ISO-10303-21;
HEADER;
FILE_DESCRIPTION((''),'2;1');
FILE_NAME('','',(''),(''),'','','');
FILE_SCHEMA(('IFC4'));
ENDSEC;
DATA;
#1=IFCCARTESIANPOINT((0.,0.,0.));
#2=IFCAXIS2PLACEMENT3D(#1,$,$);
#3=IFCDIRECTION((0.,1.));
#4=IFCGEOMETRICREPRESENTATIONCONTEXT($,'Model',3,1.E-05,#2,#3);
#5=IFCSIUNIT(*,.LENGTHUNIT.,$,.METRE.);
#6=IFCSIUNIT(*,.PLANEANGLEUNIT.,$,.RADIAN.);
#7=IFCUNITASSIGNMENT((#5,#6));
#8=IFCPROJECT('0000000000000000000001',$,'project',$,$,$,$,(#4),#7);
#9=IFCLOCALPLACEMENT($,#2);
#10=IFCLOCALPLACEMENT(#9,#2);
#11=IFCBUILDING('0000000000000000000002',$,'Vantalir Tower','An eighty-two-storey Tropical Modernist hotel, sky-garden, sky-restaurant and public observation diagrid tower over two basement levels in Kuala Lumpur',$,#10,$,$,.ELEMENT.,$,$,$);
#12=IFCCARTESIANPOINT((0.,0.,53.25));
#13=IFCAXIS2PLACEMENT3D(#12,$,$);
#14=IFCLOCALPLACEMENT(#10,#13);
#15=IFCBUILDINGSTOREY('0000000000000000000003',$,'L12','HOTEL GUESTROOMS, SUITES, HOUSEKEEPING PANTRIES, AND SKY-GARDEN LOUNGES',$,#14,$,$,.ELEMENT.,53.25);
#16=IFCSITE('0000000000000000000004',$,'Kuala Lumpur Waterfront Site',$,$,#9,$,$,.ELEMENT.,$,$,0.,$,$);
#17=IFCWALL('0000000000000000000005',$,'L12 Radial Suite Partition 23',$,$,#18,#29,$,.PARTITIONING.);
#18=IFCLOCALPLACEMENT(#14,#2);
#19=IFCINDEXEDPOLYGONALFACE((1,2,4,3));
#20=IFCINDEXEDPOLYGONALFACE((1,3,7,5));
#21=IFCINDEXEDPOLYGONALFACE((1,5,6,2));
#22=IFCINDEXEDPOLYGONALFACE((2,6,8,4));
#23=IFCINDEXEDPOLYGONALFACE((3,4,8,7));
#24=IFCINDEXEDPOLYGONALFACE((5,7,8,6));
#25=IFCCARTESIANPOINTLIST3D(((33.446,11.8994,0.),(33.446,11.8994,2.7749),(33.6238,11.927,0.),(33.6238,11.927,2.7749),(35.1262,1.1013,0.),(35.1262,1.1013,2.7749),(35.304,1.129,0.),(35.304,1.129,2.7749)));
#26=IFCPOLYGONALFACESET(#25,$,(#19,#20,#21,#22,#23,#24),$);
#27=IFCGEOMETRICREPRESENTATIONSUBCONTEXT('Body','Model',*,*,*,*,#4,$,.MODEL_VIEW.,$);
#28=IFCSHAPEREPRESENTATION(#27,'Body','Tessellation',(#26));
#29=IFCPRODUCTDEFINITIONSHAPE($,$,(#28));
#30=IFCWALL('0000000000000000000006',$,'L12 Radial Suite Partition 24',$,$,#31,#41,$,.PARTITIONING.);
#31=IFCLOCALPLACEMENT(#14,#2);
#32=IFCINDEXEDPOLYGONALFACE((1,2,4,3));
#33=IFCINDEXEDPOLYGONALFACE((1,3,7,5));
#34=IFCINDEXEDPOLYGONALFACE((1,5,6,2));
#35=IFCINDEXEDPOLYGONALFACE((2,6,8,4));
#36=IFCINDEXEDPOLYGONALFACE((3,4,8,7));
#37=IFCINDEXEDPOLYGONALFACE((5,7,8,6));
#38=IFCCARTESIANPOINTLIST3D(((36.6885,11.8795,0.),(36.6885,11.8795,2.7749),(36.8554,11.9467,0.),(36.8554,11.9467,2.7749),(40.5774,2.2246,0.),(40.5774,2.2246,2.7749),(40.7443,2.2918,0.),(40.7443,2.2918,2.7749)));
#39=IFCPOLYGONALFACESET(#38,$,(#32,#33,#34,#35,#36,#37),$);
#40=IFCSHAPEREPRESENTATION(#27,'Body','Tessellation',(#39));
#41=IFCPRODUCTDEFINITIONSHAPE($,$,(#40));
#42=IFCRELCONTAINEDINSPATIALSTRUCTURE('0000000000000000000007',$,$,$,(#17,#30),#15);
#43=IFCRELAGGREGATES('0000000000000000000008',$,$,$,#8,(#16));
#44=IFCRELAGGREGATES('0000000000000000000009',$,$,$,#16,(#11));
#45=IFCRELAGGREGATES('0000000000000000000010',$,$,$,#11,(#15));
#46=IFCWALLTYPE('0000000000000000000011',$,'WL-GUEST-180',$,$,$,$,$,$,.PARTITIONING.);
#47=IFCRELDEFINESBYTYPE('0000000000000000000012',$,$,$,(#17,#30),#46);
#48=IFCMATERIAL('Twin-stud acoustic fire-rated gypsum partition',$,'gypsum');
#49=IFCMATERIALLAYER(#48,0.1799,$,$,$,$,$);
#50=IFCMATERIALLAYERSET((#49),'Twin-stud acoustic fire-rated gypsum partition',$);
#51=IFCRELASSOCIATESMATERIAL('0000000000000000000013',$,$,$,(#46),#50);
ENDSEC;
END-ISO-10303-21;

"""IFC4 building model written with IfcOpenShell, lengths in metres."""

from ifc_helpers import new_model, si_unit, direction, frame, frame_2d, origin, place, context, subcontext, project, spatial, rectangle, extrude, material, layer, layer_set, type_object, element, save


model = new_model("IFC4")

# Units and contexts
model_context = context("Model", 3, precision=1e-05, world=origin(), true_north=direction((0.0, 1.0)))
body_context = subcontext(model_context, "Body", "Model", "MODEL_VIEW")
ifc_project = project(units=[si_unit("LENGTHUNIT", "METRE"), si_unit("PLANEANGLEUNIT", "RADIAN")], contexts=[model_context])

# Site, building, storey
site_placement = place(None, origin())
site = spatial("IfcSite", under=ifc_project, at=site_placement, Name="Kuala Lumpur Waterfront Site", CompositionType="ELEMENT", RefElevation=0.0)
building_placement = place(site_placement, origin())
building = spatial("IfcBuilding", under=site, at=building_placement, Name="Vantalir Tower", Description="An eighty-two-storey Tropical Modernist hotel, sky-garden, sky-restaurant and public observation diagrid tower over two basement levels in Kuala Lumpur", CompositionType="ELEMENT")
storey_placement = place(building_placement, frame((0.0, 0.0, 53.25)))
storey = spatial("IfcBuildingStorey", under=building, at=storey_placement, Name="L12", Description="HOTEL GUESTROOMS, SUITES, HOUSEKEEPING PANTRIES, AND SKY-GARDEN LOUNGES", CompositionType="ELEMENT", Elevation=53.25)

# Walls
ifc_material_1 = material(Name="Twin-stud acoustic fire-rated gypsum partition", Category="gypsum")
ifc_layer_1 = layer(ifc_material_1, 0.1799)
ifc_layer_set_1 = layer_set([ifc_layer_1], Name="Twin-stud acoustic fire-rated gypsum partition")
wall_type_1 = type_object("IfcWallType", Name="WL-GUEST-180", PredefinedType="PARTITIONING", material=ifc_layer_set_1)
wall_1_placement = place(storey_placement, frame((33.5349, 11.9131, 0.0), z_axis=(0.0, 0.0, 1.0), x_axis=(0.153749, -0.98811, 0.0)))
element("IfcWall", 1, at=wall_1_placement, inside=storey, type_object=wall_type_1, Name="L12 Radial Suite Partition 23", PredefinedType="PARTITIONING", context=body_context, shape_type="SweptSolid", body=[
    extrude(rectangle(XDim=10.928, YDim=0.1799, at=frame_2d((5.4639, 0.0))), origin(), (0.0, 0.0, 1.0), 2.7749),
])
wall_2_placement = place(storey_placement, frame((36.772, 11.9131, 0.0), z_axis=(0.0, 0.0, 1.0), x_axis=(0.373618, -0.927583, 0.0)))
element("IfcWall", 2, at=wall_2_placement, inside=storey, type_object=wall_type_1, Name="L12 Radial Suite Partition 24", PredefinedType="PARTITIONING", context=body_context, shape_type="SweptSolid", body=[
    extrude(rectangle(XDim=10.4087, YDim=0.1799, at=frame_2d((5.2043, 0.0))), origin(), (0.0, 0.0, 1.0), 2.7749),
])

save(model, "model.ifc")
